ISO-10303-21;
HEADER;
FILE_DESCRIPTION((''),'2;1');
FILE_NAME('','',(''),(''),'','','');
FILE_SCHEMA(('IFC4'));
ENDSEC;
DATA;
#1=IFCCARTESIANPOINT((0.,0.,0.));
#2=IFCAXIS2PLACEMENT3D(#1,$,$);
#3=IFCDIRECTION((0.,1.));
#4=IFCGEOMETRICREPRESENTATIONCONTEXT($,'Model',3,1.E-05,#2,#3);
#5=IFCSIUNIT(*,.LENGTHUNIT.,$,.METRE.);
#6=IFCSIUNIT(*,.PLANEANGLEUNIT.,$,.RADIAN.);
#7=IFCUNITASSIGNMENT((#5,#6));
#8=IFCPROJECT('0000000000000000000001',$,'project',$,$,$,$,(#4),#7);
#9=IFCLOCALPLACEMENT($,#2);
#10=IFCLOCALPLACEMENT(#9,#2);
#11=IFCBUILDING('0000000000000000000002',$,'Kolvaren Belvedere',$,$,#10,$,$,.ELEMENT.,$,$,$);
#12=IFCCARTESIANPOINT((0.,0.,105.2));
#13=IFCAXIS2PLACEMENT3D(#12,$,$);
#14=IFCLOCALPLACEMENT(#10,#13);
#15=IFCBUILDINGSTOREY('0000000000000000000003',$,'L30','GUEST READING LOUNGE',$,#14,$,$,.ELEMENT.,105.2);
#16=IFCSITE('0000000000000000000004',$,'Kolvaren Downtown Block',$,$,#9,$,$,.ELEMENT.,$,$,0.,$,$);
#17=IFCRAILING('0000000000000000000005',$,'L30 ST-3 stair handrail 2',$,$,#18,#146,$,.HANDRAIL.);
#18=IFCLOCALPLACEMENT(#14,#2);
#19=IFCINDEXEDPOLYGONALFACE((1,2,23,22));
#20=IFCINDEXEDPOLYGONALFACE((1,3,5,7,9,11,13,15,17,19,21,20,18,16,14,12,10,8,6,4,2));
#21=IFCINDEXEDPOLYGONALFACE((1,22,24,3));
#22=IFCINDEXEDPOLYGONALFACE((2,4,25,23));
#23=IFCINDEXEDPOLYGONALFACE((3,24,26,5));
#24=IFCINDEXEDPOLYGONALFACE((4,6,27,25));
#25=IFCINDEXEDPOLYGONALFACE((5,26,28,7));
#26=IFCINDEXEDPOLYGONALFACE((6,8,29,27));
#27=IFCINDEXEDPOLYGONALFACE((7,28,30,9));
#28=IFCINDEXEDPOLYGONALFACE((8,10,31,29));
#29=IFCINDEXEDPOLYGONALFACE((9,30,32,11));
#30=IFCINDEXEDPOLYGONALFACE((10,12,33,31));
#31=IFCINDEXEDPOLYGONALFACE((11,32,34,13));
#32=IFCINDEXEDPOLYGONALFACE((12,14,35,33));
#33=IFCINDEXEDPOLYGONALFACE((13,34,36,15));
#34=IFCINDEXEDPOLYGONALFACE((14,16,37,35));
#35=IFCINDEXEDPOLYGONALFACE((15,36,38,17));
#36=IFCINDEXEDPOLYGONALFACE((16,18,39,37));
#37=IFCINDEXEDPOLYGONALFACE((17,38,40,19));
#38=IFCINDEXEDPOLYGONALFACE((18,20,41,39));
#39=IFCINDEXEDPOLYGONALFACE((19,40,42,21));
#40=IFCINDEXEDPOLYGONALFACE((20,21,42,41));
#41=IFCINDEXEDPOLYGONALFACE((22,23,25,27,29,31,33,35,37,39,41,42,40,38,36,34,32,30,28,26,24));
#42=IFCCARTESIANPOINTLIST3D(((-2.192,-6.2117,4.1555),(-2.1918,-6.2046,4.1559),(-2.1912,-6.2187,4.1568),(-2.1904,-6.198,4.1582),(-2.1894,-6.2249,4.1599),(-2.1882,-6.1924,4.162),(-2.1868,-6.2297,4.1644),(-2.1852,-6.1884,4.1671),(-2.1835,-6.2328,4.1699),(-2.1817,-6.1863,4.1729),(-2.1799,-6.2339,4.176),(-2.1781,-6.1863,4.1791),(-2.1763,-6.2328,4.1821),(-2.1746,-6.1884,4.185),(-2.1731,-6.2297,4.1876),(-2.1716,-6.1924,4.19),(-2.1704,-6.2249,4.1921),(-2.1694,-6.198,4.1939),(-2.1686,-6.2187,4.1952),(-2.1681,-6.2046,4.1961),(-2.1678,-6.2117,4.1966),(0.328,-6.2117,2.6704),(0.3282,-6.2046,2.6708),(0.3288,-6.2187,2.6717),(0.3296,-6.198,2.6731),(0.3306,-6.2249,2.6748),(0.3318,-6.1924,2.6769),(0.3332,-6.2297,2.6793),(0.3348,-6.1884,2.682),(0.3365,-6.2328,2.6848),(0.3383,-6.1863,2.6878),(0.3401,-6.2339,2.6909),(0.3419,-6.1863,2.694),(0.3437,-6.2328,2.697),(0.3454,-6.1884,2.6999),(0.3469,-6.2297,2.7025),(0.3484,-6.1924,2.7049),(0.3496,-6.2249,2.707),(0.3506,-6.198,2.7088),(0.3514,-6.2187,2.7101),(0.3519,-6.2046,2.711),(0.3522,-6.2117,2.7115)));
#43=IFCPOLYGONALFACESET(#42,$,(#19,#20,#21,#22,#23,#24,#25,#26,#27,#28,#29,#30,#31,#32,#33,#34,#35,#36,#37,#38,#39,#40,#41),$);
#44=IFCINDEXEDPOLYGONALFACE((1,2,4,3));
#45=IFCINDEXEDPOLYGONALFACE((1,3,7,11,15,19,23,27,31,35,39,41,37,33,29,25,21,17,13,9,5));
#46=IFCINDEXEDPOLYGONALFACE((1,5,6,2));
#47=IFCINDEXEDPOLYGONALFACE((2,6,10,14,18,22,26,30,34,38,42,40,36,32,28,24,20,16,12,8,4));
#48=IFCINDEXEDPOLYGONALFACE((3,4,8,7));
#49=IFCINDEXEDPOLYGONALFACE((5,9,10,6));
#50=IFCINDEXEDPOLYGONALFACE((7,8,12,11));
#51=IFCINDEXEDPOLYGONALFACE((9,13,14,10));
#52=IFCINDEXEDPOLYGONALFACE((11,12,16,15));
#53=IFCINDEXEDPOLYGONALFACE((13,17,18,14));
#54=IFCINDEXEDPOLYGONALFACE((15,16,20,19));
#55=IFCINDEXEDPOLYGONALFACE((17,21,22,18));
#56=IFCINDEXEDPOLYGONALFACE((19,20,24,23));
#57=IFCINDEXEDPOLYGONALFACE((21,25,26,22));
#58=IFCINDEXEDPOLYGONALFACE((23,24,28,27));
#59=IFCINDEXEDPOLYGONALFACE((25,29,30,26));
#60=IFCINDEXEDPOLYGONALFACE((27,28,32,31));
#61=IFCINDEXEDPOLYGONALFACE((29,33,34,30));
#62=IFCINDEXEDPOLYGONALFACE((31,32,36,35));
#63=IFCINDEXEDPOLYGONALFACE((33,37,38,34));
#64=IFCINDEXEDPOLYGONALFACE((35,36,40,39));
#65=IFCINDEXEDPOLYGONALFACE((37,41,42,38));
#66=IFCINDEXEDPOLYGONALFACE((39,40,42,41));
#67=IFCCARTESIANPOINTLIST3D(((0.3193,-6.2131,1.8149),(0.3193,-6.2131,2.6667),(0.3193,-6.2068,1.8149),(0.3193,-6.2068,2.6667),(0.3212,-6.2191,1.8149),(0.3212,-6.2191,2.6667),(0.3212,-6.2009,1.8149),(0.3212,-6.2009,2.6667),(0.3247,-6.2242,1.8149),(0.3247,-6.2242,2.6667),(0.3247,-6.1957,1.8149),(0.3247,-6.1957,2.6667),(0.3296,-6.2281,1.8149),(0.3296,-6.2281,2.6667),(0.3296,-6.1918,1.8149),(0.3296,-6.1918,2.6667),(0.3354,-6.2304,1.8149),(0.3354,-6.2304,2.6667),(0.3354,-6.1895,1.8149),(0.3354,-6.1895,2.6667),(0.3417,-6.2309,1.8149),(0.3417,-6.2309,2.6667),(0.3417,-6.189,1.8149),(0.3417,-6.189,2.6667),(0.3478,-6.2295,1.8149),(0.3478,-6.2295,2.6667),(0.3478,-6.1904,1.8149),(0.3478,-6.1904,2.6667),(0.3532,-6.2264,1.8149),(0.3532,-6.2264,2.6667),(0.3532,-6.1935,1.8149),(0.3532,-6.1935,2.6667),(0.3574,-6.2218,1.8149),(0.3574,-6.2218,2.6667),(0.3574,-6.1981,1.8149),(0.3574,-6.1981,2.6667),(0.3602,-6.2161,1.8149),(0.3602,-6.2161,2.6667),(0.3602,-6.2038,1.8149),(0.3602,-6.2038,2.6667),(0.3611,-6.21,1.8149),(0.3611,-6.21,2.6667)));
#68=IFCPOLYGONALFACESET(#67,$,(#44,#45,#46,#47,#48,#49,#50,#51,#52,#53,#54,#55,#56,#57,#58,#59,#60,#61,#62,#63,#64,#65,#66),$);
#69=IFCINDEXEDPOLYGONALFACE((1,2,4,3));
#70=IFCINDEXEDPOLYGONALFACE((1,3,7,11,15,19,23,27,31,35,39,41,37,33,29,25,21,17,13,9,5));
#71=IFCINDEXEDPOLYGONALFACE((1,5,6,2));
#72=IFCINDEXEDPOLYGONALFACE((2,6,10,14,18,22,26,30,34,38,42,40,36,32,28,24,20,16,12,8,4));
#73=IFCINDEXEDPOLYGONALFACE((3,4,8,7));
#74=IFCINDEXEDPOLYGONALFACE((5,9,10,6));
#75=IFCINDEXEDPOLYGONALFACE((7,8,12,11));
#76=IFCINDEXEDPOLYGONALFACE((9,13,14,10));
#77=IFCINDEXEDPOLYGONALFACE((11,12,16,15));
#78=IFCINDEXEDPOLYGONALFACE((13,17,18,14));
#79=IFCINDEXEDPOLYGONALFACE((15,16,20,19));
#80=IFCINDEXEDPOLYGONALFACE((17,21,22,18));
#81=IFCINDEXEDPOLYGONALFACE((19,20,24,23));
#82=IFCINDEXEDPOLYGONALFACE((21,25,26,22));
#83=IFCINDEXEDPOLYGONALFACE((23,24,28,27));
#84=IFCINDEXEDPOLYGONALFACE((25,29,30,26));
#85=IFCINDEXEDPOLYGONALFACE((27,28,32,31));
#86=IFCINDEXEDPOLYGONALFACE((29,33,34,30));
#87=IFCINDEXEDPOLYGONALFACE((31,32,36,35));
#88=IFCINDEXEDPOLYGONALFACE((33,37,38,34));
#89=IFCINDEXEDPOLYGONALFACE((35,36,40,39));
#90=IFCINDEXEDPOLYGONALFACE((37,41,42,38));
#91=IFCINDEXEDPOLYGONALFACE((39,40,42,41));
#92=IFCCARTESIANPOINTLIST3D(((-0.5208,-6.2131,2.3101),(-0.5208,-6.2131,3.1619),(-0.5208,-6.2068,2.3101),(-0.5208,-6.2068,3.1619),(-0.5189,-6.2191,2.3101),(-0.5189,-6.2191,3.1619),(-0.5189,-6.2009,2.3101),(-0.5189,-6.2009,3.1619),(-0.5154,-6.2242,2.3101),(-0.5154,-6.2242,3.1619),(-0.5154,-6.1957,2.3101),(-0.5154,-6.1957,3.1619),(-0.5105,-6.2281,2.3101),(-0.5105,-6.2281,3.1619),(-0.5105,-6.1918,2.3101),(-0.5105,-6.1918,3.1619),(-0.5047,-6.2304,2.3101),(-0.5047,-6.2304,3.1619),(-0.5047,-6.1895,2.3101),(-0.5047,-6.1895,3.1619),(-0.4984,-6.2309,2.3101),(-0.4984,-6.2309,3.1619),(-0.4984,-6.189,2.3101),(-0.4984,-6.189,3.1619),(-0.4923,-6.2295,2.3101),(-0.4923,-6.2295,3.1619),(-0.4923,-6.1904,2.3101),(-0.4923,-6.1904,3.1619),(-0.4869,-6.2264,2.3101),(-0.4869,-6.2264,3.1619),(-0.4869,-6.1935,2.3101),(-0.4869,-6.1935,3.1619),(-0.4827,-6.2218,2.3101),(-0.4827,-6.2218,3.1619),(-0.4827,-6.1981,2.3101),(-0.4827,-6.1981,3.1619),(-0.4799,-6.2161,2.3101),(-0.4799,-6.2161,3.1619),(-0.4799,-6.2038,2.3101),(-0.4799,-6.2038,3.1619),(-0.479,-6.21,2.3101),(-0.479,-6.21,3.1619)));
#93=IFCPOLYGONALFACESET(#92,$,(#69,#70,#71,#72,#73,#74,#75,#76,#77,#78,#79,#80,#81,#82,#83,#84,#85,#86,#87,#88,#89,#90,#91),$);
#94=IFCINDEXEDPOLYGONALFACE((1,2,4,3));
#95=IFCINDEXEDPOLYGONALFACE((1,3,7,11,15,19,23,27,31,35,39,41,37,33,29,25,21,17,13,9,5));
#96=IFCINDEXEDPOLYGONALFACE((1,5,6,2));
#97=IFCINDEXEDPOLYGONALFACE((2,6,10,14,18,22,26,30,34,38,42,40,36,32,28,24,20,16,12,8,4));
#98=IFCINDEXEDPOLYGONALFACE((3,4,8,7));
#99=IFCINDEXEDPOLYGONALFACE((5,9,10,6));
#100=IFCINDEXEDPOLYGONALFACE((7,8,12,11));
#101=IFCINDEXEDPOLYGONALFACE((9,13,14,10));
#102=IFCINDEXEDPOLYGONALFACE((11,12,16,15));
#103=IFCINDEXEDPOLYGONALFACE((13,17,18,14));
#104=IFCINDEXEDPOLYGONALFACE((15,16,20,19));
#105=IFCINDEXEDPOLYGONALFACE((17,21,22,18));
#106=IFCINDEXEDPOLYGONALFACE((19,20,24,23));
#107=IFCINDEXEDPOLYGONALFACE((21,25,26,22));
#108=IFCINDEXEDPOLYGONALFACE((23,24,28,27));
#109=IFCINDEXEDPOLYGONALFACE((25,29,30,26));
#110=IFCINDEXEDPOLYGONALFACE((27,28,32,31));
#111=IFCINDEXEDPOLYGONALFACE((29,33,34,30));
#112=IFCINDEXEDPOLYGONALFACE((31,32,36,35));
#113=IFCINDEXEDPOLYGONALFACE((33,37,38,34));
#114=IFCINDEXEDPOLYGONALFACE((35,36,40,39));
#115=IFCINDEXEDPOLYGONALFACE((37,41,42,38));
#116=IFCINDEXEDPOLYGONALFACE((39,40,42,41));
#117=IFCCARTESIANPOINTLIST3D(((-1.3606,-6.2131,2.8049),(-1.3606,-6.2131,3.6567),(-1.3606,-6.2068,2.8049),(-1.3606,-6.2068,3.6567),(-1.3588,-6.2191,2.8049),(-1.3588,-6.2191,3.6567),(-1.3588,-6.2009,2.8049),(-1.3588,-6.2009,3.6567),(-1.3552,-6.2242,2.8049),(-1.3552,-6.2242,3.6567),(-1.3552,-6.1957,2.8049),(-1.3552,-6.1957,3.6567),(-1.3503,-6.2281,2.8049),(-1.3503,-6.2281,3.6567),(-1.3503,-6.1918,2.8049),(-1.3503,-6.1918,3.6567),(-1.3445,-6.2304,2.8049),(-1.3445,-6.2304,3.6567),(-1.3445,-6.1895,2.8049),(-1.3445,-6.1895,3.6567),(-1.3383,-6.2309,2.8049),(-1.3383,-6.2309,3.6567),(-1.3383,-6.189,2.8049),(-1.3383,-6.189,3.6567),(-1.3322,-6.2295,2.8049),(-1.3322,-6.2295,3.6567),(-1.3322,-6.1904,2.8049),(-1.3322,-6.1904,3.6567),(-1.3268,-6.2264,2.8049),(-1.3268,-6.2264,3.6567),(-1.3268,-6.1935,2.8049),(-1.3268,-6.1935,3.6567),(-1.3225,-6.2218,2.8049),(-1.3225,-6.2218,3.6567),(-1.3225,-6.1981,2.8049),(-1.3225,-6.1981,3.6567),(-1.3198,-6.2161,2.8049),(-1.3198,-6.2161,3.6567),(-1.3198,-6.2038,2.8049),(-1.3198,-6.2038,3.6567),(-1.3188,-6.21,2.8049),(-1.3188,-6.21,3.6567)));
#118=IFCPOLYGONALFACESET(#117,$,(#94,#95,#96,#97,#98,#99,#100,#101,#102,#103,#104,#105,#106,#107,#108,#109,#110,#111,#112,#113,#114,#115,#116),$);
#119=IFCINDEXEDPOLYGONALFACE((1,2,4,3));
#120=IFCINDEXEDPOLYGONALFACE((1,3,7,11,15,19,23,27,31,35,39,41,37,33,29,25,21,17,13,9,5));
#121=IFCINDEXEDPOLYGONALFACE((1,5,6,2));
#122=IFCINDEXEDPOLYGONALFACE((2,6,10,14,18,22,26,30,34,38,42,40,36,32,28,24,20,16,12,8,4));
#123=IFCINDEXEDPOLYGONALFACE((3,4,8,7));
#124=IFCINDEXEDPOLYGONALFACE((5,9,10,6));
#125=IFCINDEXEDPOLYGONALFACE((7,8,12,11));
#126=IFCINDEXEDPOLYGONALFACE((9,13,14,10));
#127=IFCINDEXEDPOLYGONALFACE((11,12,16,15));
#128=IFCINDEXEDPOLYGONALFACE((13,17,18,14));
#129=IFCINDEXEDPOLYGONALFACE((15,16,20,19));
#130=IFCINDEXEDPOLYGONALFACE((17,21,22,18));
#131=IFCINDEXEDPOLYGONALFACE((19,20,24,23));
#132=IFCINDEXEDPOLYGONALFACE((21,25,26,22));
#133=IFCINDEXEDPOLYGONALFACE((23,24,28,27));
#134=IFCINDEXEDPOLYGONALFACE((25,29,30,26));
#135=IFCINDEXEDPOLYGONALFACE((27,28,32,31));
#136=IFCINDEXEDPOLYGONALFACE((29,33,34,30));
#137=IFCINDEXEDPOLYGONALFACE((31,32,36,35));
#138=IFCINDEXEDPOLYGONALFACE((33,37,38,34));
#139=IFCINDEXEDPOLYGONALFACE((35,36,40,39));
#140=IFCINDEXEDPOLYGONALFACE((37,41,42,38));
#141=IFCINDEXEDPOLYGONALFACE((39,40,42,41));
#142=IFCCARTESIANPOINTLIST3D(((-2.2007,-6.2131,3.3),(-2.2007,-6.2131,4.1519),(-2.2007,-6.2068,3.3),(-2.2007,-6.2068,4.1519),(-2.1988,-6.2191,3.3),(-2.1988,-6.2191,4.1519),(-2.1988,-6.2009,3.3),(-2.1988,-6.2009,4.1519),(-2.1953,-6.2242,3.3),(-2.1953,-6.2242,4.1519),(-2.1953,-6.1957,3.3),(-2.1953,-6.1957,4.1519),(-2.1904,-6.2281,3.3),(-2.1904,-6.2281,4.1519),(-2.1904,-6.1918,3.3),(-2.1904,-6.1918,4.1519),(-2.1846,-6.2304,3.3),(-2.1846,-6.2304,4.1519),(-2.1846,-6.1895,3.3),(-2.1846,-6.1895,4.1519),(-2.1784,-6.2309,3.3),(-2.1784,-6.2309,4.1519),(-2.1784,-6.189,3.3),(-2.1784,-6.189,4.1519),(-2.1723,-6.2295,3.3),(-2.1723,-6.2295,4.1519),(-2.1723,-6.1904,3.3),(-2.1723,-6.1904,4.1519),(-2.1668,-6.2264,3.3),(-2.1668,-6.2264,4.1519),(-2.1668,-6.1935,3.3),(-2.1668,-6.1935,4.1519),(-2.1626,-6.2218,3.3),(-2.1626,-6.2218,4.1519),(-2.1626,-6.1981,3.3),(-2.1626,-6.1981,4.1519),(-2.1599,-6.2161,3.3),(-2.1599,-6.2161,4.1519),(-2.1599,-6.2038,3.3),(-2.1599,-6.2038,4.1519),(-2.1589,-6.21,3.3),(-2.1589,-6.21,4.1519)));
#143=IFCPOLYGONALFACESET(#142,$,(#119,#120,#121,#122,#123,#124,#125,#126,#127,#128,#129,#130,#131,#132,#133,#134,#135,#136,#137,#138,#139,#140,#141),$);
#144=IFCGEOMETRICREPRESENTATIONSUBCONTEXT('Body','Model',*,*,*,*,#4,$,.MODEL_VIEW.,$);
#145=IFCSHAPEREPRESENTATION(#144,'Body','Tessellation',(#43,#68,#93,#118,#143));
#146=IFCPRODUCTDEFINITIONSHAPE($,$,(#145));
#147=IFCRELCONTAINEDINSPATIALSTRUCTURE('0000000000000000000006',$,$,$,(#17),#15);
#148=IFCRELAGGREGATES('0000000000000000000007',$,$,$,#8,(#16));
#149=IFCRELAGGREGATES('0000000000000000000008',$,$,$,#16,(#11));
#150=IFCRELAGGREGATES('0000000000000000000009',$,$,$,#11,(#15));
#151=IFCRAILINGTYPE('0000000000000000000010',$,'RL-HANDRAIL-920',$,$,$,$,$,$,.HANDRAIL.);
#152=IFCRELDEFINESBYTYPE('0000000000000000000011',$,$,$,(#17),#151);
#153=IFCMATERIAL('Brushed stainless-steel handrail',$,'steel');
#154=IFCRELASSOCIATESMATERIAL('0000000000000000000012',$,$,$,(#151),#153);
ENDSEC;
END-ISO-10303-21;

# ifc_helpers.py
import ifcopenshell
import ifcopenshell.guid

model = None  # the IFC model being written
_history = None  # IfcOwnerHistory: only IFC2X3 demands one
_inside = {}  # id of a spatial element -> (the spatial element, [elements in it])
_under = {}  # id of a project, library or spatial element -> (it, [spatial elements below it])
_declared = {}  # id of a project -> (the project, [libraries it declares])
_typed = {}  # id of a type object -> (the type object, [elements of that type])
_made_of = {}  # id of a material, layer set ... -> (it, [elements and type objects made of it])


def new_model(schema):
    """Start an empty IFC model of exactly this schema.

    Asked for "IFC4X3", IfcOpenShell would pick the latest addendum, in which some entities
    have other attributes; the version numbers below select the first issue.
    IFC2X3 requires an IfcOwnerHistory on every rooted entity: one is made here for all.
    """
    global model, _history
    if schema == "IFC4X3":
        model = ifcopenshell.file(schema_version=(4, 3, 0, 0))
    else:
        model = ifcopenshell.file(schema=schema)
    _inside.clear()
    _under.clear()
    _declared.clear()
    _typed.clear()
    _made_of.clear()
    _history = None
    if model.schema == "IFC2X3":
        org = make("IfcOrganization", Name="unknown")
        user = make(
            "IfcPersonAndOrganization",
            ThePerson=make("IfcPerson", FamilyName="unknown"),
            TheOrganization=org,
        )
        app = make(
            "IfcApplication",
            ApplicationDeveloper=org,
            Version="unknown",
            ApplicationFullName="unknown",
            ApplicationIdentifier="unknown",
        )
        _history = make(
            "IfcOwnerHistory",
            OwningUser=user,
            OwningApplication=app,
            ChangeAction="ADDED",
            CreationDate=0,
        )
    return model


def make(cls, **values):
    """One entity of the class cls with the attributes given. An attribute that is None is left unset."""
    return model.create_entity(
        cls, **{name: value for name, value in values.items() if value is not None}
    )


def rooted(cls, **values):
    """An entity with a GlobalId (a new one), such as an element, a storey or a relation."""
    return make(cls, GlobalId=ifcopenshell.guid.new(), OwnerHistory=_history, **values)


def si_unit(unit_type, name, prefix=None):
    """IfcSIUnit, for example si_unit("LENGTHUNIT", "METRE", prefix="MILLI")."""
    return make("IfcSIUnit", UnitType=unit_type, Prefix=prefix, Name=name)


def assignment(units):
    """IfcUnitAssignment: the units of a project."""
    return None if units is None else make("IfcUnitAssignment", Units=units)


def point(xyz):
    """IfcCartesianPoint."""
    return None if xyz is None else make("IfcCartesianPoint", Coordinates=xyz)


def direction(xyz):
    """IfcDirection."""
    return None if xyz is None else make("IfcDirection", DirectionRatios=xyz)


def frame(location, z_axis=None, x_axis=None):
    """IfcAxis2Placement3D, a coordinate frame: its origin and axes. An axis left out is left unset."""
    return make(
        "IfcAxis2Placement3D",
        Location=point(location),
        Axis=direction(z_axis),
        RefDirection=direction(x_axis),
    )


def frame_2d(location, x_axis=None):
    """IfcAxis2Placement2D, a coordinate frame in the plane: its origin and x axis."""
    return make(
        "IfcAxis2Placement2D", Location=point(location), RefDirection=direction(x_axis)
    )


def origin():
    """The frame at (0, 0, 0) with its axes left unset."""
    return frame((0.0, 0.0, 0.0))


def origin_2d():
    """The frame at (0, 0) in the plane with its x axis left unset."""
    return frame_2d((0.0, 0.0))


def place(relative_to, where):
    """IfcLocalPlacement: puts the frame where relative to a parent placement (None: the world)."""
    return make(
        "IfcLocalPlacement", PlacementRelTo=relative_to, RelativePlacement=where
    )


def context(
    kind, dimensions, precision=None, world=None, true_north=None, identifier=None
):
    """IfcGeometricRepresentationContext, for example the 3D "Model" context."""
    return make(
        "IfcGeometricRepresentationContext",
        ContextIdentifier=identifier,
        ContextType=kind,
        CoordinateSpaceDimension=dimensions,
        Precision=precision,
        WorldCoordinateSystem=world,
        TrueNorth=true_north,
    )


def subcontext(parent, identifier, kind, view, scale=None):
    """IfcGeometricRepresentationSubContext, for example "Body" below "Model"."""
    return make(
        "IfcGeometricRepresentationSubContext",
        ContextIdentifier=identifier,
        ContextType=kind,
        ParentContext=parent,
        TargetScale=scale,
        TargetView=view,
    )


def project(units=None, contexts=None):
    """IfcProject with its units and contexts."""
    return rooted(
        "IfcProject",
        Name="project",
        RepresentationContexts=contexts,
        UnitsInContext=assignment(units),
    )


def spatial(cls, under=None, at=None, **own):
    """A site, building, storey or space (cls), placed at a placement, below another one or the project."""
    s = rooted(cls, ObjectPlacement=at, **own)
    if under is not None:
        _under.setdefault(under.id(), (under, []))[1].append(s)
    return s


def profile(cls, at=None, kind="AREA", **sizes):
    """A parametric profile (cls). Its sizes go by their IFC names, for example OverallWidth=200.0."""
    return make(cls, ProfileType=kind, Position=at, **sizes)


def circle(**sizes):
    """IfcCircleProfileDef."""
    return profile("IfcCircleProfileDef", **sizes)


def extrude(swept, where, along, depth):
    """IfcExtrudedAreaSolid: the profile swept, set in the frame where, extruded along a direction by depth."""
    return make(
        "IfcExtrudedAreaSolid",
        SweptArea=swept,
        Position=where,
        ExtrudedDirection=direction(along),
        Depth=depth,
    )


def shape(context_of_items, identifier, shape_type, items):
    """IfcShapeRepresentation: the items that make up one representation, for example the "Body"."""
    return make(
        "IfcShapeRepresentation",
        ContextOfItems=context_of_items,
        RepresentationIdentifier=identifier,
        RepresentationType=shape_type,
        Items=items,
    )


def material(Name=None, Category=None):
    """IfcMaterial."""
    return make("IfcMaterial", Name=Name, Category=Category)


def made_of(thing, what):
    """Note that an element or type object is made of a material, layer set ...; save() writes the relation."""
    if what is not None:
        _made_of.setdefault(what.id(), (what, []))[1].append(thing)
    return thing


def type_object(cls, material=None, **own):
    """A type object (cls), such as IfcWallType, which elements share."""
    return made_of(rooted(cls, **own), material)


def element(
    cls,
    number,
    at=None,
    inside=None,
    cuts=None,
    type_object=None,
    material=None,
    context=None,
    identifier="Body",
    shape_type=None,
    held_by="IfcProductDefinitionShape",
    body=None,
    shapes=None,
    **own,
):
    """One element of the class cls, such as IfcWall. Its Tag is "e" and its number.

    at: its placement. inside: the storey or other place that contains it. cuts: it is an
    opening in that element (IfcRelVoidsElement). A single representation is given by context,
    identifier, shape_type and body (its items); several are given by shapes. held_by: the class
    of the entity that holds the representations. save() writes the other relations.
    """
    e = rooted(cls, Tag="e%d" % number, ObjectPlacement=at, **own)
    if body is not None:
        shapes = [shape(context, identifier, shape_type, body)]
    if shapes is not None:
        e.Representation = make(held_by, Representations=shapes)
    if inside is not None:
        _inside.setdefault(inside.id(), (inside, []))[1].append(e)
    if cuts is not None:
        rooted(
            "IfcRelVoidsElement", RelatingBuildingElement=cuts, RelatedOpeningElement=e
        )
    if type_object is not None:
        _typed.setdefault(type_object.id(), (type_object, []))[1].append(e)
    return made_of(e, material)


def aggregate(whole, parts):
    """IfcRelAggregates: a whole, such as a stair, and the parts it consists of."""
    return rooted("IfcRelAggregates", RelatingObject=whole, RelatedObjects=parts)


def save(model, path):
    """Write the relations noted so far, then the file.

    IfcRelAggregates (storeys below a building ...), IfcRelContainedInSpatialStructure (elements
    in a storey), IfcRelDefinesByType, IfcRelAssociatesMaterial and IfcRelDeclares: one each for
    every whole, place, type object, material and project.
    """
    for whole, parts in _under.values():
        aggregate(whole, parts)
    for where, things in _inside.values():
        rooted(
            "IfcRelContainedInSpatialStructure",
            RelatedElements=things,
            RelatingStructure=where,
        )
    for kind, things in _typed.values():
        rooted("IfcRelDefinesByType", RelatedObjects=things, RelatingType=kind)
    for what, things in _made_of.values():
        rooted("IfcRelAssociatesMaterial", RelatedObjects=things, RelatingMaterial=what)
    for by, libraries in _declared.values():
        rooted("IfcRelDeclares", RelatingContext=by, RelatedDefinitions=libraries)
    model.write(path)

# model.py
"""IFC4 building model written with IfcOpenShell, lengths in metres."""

from ifc_helpers import new_model, si_unit, direction, frame, origin, origin_2d, place, context, subcontext, project, spatial, circle, extrude, material, type_object, element, save


model = new_model("IFC4")

# Units and contexts
model_context = context("Model", 3, precision=1e-05, world=origin(), true_north=direction((0.0, 1.0)))
body_context = subcontext(model_context, "Body", "Model", "MODEL_VIEW")
ifc_project = project(units=[si_unit("LENGTHUNIT", "METRE"), si_unit("PLANEANGLEUNIT", "RADIAN")], contexts=[model_context])

# Site, building, storey
site_placement = place(None, origin())
site = spatial("IfcSite", under=ifc_project, at=site_placement, Name="Kolvaren Downtown Block", CompositionType="ELEMENT", RefElevation=0.0)
building_placement = place(site_placement, origin())
building = spatial("IfcBuilding", under=site, at=building_placement, Name="Kolvaren Belvedere", CompositionType="ELEMENT")
storey_placement = place(building_placement, frame((0.0, 0.0, 105.2)))
storey = spatial("IfcBuildingStorey", under=building, at=storey_placement, Name="L30", Description="GUEST READING LOUNGE", CompositionType="ELEMENT", Elevation=105.2)

# Railing
ifc_material_1 = material(Name="Brushed stainless-steel handrail", Category="steel")
railing_type_1 = type_object("IfcRailingType", Name="RL-HANDRAIL-920", PredefinedType="HANDRAIL", material=ifc_material_1)
railing_1_placement = place(storey_placement, frame((0.3401, -6.21, 1.8149)))
element("IfcRailing", 1, at=railing_1_placement, inside=storey, type_object=railing_type_1, Name="L30 ST-3 stair handrail 2", PredefinedType="HANDRAIL", context=body_context, shape_type="SweptSolid", body=[
    extrude(circle(Radius=0.0239, at=origin_2d()), frame((0.0, 0.0, 0.876), z_axis=(-0.861524, 0.0, 0.507717), x_axis=(0.0, -1.0, 0.0)), (0.0, 0.0, 1.0), 2.925),
    extrude(circle(Radius=0.021, at=origin_2d()), origin(), (0.0, 0.0, 1.0), 0.8518),
    extrude(circle(Radius=0.021, at=origin_2d()), frame((-0.8401, 0.0, 0.4951)), (0.0, 0.0, 1.0), 0.8518),
    extrude(circle(Radius=0.021, at=origin_2d()), frame((-1.6799, 0.0, 0.99)), (0.0, 0.0, 1.0), 0.8518),
    extrude(circle(Radius=0.021, at=origin_2d()), frame((-2.52, 0.0, 1.4851)), (0.0, 0.0, 1.0), 0.8518),
])

save(model, "model.ifc")
